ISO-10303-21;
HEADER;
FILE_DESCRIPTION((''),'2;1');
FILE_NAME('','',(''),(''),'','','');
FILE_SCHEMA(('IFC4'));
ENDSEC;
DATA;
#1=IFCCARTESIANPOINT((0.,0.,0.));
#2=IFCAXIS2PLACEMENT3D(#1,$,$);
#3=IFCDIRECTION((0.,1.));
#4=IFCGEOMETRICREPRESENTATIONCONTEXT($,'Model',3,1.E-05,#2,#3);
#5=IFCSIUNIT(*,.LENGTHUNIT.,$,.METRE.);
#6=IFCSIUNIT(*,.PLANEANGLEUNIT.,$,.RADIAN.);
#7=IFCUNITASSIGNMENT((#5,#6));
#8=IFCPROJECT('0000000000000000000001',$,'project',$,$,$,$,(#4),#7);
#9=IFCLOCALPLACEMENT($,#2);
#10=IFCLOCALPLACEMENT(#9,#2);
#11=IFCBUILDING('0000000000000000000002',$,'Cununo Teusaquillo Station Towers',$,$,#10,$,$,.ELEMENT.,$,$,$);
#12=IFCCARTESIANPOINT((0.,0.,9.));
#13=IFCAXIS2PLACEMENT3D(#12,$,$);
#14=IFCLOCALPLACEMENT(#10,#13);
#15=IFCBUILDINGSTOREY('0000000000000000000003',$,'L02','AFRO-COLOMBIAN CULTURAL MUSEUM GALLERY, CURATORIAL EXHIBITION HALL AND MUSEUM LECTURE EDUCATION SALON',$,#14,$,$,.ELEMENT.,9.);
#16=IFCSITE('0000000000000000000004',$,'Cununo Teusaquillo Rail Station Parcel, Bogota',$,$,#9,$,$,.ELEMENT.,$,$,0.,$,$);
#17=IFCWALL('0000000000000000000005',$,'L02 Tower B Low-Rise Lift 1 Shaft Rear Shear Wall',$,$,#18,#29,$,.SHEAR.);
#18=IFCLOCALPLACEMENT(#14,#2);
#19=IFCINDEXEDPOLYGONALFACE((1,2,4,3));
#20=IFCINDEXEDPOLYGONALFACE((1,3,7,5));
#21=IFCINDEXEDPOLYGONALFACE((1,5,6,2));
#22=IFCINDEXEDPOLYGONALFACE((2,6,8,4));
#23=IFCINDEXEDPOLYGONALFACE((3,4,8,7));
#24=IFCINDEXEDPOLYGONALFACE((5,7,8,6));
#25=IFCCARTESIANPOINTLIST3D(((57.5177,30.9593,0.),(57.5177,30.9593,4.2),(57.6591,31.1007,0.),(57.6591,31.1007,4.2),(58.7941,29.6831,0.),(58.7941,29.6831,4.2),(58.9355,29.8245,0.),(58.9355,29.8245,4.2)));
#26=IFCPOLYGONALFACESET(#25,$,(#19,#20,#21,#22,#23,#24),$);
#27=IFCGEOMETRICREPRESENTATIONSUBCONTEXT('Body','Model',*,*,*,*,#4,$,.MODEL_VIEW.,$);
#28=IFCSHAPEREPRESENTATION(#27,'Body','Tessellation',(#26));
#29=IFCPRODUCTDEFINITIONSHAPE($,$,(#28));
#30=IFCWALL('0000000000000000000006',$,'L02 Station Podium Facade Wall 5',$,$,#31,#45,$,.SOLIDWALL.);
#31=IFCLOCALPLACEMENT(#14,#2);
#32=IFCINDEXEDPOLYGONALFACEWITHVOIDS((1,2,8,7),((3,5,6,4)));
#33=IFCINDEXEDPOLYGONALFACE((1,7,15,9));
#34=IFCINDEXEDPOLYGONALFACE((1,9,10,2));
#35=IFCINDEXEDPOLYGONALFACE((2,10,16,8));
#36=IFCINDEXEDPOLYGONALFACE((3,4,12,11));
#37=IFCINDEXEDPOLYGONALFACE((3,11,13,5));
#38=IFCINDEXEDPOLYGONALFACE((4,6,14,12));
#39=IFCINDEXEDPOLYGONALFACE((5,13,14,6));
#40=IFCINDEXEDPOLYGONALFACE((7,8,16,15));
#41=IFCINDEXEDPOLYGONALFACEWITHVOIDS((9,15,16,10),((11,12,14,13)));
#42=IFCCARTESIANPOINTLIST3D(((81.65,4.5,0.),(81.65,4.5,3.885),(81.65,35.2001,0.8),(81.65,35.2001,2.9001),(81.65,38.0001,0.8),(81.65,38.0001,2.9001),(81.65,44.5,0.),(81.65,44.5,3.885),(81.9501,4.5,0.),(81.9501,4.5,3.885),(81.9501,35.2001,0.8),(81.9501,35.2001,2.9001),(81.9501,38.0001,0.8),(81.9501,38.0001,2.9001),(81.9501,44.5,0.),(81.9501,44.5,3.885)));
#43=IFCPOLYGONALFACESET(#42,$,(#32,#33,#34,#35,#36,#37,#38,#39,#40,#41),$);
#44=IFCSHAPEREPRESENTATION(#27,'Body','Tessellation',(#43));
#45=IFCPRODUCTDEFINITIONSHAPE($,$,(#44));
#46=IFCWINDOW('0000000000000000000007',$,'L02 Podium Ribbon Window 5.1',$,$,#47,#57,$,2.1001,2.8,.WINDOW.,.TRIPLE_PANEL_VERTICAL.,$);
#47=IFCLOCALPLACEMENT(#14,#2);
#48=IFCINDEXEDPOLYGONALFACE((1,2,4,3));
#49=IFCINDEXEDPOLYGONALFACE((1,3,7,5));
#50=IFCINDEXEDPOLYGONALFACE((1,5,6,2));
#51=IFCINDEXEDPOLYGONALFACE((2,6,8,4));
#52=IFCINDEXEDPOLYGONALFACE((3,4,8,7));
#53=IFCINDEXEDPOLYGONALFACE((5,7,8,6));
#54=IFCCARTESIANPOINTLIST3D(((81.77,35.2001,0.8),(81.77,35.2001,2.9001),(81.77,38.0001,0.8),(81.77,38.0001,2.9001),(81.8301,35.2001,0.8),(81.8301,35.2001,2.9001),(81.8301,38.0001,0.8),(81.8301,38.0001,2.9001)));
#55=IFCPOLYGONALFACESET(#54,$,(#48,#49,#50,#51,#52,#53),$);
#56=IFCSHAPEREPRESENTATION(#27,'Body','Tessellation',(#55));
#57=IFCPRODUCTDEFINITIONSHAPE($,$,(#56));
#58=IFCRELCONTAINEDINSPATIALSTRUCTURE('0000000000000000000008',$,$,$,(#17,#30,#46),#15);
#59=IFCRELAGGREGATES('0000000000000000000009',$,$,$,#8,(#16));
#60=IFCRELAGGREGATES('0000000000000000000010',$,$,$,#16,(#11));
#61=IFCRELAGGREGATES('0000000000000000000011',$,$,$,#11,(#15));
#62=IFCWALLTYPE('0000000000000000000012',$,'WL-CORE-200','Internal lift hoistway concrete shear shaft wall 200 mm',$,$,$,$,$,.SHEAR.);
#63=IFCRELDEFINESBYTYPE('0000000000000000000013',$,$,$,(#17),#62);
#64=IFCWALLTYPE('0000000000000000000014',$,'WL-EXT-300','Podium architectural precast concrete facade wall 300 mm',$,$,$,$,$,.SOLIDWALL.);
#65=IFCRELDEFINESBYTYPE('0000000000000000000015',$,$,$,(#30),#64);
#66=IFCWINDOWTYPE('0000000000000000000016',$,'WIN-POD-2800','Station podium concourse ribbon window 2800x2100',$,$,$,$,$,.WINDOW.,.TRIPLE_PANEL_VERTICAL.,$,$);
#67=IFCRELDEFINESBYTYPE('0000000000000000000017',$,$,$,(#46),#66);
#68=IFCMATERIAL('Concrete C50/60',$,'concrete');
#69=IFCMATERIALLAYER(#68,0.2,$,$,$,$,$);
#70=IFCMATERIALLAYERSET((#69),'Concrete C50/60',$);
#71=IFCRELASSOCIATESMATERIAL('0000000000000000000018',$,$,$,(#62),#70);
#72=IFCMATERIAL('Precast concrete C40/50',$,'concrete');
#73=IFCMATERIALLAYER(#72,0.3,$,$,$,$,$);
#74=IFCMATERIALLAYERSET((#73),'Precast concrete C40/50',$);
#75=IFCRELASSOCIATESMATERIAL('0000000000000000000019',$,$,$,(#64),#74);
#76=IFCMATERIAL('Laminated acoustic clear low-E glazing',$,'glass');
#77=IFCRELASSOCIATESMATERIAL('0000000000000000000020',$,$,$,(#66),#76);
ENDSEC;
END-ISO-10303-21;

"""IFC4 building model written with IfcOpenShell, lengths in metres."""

from ifc_helpers import new_model, si_unit, direction, frame, frame_2d, origin, place, context, subcontext, project, spatial, rectangle, extrude, source, transform, mapped, material, layer, layer_set, type_object, element, fill, save


model = new_model("IFC4")

# Units and contexts
model_context = context("Model", 3, precision=1e-05, world=origin(), true_north=direction((0.0, 1.0)))
body_context = subcontext(model_context, "Body", "Model", "MODEL_VIEW")
ifc_project = project(units=[si_unit("LENGTHUNIT", "METRE"), si_unit("PLANEANGLEUNIT", "RADIAN")], contexts=[model_context])

# Site, building, storey
site_placement = place(None, origin())
site = spatial("IfcSite", under=ifc_project, at=site_placement, Name="Cununo Teusaquillo Rail Station Parcel, Bogota", CompositionType="ELEMENT", RefElevation=0.0)
building_placement = place(site_placement, origin())
building = spatial("IfcBuilding", under=site, at=building_placement, Name="Cununo Teusaquillo Station Towers", CompositionType="ELEMENT")
storey_placement = place(building_placement, frame((0.0, 0.0, 9.0)))
storey = spatial("IfcBuildingStorey", under=building, at=storey_placement, Name="L02", Description="AFRO-COLOMBIAN CULTURAL MUSEUM GALLERY, CURATORIAL EXHIBITION HALL AND MUSEUM LECTURE EDUCATION SALON", CompositionType="ELEMENT", Elevation=9.0)

# Wall
ifc_material_1 = material(Name="Concrete C50/60", Category="concrete")
ifc_layer_1 = layer(ifc_material_1, 0.2)
ifc_layer_set_1 = layer_set([ifc_layer_1], Name="Concrete C50/60")
wall_type_1 = type_object("IfcWallType", Name="WL-CORE-200", Description="Internal lift hoistway concrete shear shaft wall 200 mm", PredefinedType="SHEAR", material=ifc_layer_set_1)
wall_1_placement = place(storey_placement, frame((58.8647, 29.7539, 0.0), z_axis=(0.0, 0.0, 1.0), x_axis=(-0.707174, 0.707039, 0.0)))
element("IfcWall", 1, at=wall_1_placement, inside=storey, type_object=wall_type_1, Name="L02 Tower B Low-Rise Lift 1 Shaft Rear Shear Wall", PredefinedType="SHEAR", context=body_context, shape_type="SweptSolid", body=[
    extrude(rectangle(XDim=1.8049, YDim=0.2, at=frame_2d((0.9023, 0.0))), origin(), (0.0, 0.0, 1.0), 4.2),
])

# Wall, opening, window
ifc_material_2 = material(Name="Precast concrete C40/50", Category="concrete")
ifc_layer_2 = layer(ifc_material_2, 0.3)
ifc_layer_set_2 = layer_set([ifc_layer_2], Name="Precast concrete C40/50")
wall_type_2 = type_object("IfcWallType", Name="WL-EXT-300", Description="Podium architectural precast concrete facade wall 300 mm", PredefinedType="SOLIDWALL", material=ifc_layer_set_2)
wall_2_placement = place(storey_placement, frame((81.8, 44.5, 0.0), z_axis=(0.0, 0.0, 1.0), x_axis=(0.0, -1.0, 0.0)))
wall_2 = element("IfcWall", 2, at=wall_2_placement, inside=storey, type_object=wall_type_2, Name="L02 Station Podium Facade Wall 5", PredefinedType="SOLIDWALL", context=body_context, shape_type="SweptSolid", body=[
    extrude(rectangle(XDim=40.0, YDim=0.3, at=frame_2d((20.0, 0.0))), origin(), (0.0, 0.0, 1.0), 3.885),
])
shared_shape_1 = source(origin(), body_context, "Body", "SweptSolid", [
    extrude(rectangle(XDim=2.8, YDim=2.1001, at=frame_2d((1.3999, 1.05))), frame((0.0, 0.1599, 0.0), z_axis=(0.0, -1.0, 0.0), x_axis=(1.0, 0.0, 0.0)), (0.0, 0.0, 1.0), 0.3201),
])
opening_placement = place(wall_2_placement, frame((6.5, 0.0, 0.8)))
opening = element("IfcOpeningElement", 3, at=opening_placement, cuts=wall_2, PredefinedType="OPENING", context=body_context, shape_type="MappedRepresentation", body=[
    mapped(shared_shape_1, transform((0.0, 0.0, 0.0), x_axis=(1.0, 0.0, 0.0), y_axis=(0.0, 1.0, 0.0), z_axis=(0.0, 0.0, 1.0), scale=1.0)),
])
ifc_material_3 = material(Name="Laminated acoustic clear low-E glazing", Category="glass")
window_type = type_object("IfcWindowType", Name="WIN-POD-2800", Description="Station podium concourse ribbon window 2800x2100", PartitioningType="TRIPLE_PANEL_VERTICAL", PredefinedType="WINDOW", material=ifc_material_3)
shared_shape_2 = source(origin(), body_context, "Body", "SweptSolid", [
    extrude(rectangle(XDim=2.8, YDim=2.1001, at=frame_2d((1.3999, 1.05))), frame((0.0, 0.03, 0.0), z_axis=(0.0, -1.0, 0.0), x_axis=(1.0, 0.0, 0.0)), (0.0, 0.0, 1.0), 0.0601),
])
window_placement = place(opening_placement, origin())
window = element("IfcWindow", 4, at=window_placement, inside=storey, type_object=window_type, Name="L02 Podium Ribbon Window 5.1", OverallHeight=2.1001, OverallWidth=2.8, PartitioningType="TRIPLE_PANEL_VERTICAL", PredefinedType="WINDOW", context=body_context, shape_type="MappedRepresentation", body=[
    mapped(shared_shape_2, transform((0.0, 0.0, 0.0), x_axis=(1.0, 0.0, 0.0), y_axis=(0.0, 1.0, 0.0), z_axis=(0.0, 0.0, 1.0), scale=1.0)),
])
fill(opening, window)

save(model, "model.ifc")
